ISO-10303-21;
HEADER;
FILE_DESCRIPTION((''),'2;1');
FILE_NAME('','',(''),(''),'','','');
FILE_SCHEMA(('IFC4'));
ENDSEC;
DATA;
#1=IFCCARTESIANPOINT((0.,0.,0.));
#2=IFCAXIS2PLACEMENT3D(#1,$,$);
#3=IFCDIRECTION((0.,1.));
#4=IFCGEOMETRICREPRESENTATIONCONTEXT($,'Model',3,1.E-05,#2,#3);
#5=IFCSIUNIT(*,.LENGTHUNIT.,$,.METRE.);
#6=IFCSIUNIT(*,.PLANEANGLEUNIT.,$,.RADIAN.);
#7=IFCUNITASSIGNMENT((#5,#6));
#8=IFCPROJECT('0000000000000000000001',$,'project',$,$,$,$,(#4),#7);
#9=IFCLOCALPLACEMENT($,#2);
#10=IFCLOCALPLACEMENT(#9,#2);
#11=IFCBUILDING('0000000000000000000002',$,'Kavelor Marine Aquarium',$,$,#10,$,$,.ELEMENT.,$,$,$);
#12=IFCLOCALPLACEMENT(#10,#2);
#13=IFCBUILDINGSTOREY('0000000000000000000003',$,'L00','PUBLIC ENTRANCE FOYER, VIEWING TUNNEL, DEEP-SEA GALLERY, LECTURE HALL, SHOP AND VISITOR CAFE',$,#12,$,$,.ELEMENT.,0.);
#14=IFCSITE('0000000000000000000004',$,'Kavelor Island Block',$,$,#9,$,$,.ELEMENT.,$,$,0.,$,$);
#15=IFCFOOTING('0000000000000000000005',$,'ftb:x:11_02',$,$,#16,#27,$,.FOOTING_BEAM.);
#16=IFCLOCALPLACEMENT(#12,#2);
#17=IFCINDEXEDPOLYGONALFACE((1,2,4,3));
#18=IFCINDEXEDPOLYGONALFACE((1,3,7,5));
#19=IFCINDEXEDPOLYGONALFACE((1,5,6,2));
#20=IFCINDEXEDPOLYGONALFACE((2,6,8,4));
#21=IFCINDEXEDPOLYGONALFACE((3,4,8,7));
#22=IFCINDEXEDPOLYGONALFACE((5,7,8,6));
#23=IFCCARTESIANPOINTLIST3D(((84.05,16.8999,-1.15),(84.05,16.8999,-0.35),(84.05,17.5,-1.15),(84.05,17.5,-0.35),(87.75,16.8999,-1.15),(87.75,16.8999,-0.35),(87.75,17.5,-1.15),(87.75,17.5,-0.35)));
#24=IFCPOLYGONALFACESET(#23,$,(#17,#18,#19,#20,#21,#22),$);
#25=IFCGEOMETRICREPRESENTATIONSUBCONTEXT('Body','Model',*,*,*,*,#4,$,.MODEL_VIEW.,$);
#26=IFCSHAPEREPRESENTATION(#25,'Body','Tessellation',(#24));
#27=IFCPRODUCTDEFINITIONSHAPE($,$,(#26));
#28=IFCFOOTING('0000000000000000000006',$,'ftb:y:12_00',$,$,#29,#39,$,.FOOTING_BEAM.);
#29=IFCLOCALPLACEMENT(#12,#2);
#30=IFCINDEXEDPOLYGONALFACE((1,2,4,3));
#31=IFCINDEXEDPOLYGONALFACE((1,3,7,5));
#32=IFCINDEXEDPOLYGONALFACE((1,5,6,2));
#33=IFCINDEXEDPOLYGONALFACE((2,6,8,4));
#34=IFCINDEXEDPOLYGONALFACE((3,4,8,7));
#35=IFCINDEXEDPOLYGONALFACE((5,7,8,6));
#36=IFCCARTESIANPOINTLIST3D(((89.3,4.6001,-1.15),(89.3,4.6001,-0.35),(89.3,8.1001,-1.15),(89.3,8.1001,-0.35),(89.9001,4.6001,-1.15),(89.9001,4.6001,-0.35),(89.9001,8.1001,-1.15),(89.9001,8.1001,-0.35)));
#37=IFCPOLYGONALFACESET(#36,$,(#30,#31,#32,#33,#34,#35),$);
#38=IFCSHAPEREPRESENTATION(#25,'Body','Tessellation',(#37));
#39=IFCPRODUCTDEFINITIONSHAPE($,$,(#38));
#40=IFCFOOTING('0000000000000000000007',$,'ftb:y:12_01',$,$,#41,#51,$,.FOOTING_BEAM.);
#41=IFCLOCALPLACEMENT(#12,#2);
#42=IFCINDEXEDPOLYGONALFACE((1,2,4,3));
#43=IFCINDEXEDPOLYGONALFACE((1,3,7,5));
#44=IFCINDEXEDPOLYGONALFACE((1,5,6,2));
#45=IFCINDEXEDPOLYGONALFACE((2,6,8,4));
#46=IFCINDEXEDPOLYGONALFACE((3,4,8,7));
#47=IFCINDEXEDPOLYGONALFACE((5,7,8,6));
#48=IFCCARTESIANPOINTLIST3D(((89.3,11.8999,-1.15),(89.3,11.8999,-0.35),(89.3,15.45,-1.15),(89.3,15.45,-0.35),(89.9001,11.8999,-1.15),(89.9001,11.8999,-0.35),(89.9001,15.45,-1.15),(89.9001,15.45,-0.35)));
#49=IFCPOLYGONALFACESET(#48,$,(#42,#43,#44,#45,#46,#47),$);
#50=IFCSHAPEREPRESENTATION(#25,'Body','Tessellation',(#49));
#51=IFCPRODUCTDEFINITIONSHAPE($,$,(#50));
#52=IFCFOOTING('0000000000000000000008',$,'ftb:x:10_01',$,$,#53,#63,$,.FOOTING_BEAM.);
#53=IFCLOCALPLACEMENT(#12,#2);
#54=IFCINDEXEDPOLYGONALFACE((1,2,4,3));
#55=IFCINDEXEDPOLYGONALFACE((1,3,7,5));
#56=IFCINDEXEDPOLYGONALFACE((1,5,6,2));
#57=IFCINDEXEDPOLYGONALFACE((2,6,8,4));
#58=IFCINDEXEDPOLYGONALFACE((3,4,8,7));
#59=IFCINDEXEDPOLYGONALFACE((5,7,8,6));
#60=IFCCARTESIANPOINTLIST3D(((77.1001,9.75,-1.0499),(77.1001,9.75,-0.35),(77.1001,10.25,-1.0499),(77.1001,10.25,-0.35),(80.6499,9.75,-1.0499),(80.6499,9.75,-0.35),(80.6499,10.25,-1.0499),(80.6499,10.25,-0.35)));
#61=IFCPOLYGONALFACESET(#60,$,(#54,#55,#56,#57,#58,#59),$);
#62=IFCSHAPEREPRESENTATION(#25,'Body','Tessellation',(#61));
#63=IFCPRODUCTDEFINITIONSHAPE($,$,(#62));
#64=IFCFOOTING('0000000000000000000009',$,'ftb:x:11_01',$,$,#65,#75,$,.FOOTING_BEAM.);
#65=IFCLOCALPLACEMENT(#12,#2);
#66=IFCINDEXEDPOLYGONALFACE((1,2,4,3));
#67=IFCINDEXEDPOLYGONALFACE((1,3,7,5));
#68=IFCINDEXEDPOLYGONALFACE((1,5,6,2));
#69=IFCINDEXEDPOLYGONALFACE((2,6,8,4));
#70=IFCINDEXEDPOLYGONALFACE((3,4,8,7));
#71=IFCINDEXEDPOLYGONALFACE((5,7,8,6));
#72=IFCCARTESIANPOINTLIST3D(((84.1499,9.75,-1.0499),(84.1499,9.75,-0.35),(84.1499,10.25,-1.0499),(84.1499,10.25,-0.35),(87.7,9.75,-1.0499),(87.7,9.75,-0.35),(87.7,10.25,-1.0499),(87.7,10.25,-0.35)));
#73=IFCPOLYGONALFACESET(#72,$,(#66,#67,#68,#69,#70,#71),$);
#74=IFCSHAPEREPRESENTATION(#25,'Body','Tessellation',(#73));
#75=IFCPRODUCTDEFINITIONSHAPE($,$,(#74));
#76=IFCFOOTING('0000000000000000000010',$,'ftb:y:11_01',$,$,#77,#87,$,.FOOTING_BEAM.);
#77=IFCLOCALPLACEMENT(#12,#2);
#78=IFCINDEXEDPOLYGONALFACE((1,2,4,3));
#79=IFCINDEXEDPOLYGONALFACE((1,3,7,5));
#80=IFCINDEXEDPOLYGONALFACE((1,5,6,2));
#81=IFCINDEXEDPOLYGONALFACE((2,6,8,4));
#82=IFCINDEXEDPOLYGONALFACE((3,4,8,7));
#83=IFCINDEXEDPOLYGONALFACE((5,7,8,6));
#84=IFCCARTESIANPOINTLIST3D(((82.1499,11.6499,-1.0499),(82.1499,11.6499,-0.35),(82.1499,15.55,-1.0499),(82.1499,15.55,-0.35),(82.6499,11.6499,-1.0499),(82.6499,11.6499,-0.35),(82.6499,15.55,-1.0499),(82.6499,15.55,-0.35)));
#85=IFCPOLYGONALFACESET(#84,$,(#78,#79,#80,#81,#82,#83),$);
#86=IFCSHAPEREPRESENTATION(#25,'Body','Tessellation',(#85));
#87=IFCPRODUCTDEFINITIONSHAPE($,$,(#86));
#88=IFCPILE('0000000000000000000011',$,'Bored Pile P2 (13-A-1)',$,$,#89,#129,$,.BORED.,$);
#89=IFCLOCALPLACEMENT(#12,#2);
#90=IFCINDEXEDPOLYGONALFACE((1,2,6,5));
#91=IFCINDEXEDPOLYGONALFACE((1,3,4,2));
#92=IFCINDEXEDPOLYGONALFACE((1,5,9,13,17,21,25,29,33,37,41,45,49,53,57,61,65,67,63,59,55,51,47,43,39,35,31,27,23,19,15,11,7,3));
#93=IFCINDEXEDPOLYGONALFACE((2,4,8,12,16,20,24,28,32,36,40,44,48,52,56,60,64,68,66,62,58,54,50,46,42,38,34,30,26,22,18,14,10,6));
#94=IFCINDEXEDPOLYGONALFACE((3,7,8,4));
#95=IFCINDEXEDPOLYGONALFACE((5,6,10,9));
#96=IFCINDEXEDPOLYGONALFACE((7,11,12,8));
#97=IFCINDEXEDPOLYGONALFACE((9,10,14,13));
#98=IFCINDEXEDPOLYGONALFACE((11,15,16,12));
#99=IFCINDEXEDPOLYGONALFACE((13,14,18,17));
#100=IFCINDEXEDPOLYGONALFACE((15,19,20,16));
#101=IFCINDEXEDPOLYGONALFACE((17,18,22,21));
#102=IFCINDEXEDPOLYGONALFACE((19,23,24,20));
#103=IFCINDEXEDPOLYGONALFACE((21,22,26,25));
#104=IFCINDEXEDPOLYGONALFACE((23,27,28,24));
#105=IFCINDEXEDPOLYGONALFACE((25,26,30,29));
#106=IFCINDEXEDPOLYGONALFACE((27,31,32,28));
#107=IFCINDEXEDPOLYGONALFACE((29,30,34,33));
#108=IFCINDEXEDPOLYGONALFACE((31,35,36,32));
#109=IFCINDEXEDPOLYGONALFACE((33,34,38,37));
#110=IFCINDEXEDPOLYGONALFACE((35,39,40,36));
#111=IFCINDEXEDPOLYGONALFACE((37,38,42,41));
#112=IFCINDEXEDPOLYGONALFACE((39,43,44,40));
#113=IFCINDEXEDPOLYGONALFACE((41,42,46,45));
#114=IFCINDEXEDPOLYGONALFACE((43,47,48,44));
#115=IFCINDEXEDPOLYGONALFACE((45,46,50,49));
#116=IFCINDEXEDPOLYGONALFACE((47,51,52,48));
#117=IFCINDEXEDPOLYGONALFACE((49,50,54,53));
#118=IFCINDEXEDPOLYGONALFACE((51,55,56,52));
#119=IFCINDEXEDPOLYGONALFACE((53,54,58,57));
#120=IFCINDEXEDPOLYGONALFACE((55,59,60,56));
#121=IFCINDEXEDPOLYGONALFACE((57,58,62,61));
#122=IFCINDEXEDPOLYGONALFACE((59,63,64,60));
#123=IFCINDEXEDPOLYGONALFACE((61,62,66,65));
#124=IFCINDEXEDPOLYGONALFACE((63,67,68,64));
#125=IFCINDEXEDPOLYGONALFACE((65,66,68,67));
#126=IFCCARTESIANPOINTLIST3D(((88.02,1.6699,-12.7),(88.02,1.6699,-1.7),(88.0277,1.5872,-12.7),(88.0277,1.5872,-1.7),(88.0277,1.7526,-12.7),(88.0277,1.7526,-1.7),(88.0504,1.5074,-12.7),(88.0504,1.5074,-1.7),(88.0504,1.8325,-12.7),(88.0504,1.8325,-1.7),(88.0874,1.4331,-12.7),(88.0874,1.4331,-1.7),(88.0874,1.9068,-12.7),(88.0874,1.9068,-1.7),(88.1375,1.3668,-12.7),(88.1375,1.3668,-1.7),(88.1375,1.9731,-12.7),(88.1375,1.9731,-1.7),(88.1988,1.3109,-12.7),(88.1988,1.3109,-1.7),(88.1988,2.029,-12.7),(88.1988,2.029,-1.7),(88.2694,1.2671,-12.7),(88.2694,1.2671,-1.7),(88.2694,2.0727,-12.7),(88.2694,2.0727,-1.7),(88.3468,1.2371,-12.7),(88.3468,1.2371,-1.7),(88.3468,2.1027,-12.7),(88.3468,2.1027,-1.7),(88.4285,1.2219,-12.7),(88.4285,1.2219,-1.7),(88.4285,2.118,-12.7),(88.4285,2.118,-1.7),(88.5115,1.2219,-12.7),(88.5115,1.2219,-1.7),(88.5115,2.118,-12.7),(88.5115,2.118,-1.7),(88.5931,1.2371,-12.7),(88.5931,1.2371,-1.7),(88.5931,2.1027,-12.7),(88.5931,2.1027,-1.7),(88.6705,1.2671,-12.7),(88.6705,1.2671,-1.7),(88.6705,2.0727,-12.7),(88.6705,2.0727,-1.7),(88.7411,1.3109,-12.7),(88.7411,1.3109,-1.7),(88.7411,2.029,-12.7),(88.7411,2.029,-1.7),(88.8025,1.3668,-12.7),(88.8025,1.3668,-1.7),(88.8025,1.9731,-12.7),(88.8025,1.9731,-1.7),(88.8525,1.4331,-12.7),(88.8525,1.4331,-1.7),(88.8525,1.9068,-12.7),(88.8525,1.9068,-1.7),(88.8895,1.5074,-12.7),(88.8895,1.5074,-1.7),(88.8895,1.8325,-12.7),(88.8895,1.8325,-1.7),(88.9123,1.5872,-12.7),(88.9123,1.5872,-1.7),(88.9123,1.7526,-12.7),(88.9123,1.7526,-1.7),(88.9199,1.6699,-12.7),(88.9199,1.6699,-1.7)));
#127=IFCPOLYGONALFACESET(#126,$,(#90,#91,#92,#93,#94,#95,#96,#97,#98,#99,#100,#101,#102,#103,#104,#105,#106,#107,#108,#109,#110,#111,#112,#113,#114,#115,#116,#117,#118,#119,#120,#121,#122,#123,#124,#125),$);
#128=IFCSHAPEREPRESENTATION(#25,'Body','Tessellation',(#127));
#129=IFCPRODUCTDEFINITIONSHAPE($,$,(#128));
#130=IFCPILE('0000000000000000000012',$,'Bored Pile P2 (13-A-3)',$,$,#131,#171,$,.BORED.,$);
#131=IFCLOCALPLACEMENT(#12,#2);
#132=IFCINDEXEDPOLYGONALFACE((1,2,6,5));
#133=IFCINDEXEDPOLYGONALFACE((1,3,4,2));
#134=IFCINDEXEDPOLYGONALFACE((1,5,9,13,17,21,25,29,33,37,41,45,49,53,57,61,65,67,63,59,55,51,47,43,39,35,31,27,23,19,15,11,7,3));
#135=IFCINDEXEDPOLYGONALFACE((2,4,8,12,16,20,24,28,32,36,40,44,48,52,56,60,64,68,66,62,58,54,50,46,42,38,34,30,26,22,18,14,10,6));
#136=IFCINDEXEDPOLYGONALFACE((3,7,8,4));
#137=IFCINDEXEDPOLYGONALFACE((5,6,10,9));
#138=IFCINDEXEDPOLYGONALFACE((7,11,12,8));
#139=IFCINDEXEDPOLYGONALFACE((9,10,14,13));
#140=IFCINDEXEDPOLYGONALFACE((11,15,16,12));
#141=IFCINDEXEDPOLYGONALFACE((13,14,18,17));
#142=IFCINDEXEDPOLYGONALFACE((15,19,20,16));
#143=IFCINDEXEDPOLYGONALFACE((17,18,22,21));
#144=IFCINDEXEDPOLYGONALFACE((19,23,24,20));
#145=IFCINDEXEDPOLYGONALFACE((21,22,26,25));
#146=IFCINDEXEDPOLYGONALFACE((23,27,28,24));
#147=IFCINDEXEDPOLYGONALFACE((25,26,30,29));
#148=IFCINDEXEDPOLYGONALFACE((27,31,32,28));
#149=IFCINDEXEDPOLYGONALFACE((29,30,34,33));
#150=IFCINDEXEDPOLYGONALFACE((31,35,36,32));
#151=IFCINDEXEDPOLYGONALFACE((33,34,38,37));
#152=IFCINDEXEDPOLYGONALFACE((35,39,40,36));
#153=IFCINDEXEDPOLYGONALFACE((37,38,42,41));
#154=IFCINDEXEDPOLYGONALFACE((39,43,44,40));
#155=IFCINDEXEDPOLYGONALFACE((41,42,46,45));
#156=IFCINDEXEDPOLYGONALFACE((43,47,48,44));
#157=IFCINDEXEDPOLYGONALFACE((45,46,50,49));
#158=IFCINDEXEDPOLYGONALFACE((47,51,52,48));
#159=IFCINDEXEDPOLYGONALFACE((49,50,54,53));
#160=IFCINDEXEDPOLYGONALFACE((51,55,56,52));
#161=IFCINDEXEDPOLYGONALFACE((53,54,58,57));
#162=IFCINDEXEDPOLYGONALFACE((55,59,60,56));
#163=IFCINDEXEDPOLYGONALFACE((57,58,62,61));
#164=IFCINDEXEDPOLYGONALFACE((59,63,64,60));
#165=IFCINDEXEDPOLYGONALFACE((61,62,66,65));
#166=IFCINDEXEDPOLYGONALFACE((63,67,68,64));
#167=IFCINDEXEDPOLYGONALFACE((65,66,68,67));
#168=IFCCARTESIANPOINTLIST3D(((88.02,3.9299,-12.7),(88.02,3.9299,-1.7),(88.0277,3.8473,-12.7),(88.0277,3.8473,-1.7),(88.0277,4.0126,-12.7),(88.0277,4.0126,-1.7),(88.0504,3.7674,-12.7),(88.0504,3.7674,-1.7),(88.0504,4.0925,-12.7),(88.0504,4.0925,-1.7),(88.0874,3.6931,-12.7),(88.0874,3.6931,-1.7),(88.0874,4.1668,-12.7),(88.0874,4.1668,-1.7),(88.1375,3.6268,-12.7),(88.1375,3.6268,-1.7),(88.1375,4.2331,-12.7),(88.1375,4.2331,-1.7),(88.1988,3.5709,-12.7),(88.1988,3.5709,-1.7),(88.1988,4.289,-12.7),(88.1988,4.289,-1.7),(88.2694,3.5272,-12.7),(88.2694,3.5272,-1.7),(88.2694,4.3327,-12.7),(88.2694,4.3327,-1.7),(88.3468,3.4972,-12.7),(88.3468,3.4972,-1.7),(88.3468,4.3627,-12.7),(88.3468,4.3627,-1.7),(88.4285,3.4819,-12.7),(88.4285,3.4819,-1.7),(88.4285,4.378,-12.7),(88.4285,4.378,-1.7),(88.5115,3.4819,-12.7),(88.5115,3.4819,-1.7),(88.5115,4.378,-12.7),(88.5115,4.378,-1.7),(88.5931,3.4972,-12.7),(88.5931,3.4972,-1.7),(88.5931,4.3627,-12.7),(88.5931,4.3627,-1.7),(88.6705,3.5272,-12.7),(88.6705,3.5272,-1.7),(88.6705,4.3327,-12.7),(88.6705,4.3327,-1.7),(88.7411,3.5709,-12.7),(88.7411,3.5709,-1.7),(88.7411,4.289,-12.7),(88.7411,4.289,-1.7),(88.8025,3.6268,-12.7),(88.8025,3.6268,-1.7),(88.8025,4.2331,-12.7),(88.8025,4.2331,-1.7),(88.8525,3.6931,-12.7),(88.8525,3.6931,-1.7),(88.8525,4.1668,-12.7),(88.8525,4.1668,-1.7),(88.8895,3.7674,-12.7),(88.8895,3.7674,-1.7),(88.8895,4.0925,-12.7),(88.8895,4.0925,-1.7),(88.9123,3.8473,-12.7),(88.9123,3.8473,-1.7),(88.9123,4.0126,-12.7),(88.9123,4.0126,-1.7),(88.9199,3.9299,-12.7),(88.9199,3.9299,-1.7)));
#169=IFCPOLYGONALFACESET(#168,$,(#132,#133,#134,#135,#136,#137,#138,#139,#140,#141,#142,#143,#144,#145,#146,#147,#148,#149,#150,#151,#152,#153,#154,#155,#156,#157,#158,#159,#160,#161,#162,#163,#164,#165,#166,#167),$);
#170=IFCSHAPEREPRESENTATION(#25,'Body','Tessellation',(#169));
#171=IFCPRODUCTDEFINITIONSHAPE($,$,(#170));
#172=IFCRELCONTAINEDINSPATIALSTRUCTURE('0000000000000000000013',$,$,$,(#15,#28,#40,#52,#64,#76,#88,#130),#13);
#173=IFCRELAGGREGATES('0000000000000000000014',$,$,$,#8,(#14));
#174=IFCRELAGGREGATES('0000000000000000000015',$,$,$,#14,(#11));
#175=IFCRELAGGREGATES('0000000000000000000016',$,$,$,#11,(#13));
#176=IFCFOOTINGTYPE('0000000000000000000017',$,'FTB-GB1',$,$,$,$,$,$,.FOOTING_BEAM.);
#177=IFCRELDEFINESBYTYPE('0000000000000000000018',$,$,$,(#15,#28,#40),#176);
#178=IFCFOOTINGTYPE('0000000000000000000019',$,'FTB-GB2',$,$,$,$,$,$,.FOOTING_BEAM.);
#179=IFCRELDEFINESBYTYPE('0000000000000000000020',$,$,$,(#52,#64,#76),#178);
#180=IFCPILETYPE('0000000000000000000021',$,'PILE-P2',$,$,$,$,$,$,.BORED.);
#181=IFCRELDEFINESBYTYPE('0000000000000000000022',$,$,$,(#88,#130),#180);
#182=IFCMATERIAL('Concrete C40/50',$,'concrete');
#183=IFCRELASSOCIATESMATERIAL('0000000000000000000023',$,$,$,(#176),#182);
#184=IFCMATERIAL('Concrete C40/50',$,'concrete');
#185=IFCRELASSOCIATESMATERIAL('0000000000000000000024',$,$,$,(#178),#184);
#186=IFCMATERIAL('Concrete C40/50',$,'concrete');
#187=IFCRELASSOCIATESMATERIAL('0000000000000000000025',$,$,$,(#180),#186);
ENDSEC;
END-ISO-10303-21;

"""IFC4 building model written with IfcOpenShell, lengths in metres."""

from ifc_helpers import new_model, si_unit, direction, frame, origin, origin_2d, place, context, subcontext, project, spatial, rectangle, circle, extrude, material, material_profile, profile_set, type_object, element, save


model = new_model("IFC4")

# Units and contexts
model_context = context("Model", 3, precision=1e-05, world=origin(), true_north=direction((0.0, 1.0)))
body_context = subcontext(model_context, "Body", "Model", "MODEL_VIEW")
ifc_project = project(units=[si_unit("LENGTHUNIT", "METRE"), si_unit("PLANEANGLEUNIT", "RADIAN")], contexts=[model_context])

# Site, building, storey
site_placement = place(None, origin())
site = spatial("IfcSite", under=ifc_project, at=site_placement, Name="Kavelor Island Block", CompositionType="ELEMENT", RefElevation=0.0)
building_placement = place(site_placement, origin())
building = spatial("IfcBuilding", under=site, at=building_placement, Name="Kavelor Marine Aquarium", CompositionType="ELEMENT")
storey_placement = place(building_placement, origin())
storey = spatial("IfcBuildingStorey", under=building, at=storey_placement, Name="L00", Description="PUBLIC ENTRANCE FOYER, VIEWING TUNNEL, DEEP-SEA GALLERY, LECTURE HALL, SHOP AND VISITOR CAFE", CompositionType="ELEMENT", Elevation=0.0)

# Footings
ifc_material_1 = material(Name="Concrete C40/50", Category="concrete")
ifc_material_profile_1 = material_profile(ifc_material_1, rectangle(XDim=0.6001, YDim=0.8, at=origin_2d()), Name="GB 600x800")
ifc_profile_set_1 = profile_set([ifc_material_profile_1], Name="Concrete C40/50")
footing_type_1 = type_object("IfcFootingType", Name="FTB-GB1", PredefinedType="FOOTING_BEAM", material=ifc_profile_set_1)
footing_1_placement = place(storey_placement, frame((84.05, 17.2, -0.75), z_axis=(1.0, 0.0, 0.0), x_axis=(0.0, 1.0, 0.0)))
element("IfcFooting", 1, at=footing_1_placement, inside=storey, type_object=footing_type_1, Name="ftb:x:11_02", PredefinedType="FOOTING_BEAM", context=body_context, shape_type="SweptSolid", body=[
    extrude(rectangle(XDim=0.6001, YDim=0.8, at=origin_2d()), origin(), (0.0, 0.0, 1.0), 3.7),
])
footing_2_placement = place(storey_placement, frame((89.6001, 4.6001, -0.75), z_axis=(0.0, 1.0, 0.0), x_axis=(-1.0, 0.0, 0.0)))
element("IfcFooting", 2, at=footing_2_placement, inside=storey, type_object=footing_type_1, Name="ftb:y:12_00", PredefinedType="FOOTING_BEAM", context=body_context, shape_type="SweptSolid", body=[
    extrude(rectangle(XDim=0.6001, YDim=0.8, at=origin_2d()), origin(), (0.0, 0.0, 1.0), 3.5),
])
footing_3_placement = place(storey_placement, frame((89.6001, 11.8999, -0.75), z_axis=(0.0, 1.0, 0.0), x_axis=(-1.0, 0.0, 0.0)))
element("IfcFooting", 3, at=footing_3_placement, inside=storey, type_object=footing_type_1, Name="ftb:y:12_01", PredefinedType="FOOTING_BEAM", context=body_context, shape_type="SweptSolid", body=[
    extrude(rectangle(XDim=0.6001, YDim=0.8, at=origin_2d()), origin(), (0.0, 0.0, 1.0), 3.55),
])
ifc_material_2 = material(Name="Concrete C40/50", Category="concrete")
ifc_material_profile_2 = material_profile(ifc_material_2, rectangle(XDim=0.5, YDim=0.7, at=origin_2d()), Name="GB 500x700")
ifc_profile_set_2 = profile_set([ifc_material_profile_2], Name="Concrete C40/50")
footing_type_2 = type_object("IfcFootingType", Name="FTB-GB2", PredefinedType="FOOTING_BEAM", material=ifc_profile_set_2)
footing_4_placement = place(storey_placement, frame((77.1001, 10.0, -0.7), z_axis=(1.0, 0.0, 0.0), x_axis=(0.0, 1.0, 0.0)))
element("IfcFooting", 4, at=footing_4_placement, inside=storey, type_object=footing_type_2, Name="ftb:x:10_01", PredefinedType="FOOTING_BEAM", context=body_context, shape_type="SweptSolid", body=[
    extrude(rectangle(XDim=0.5, YDim=0.7, at=origin_2d()), origin(), (0.0, 0.0, 1.0), 3.5498),
])
footing_5_placement = place(storey_placement, frame((84.1499, 10.0, -0.7), z_axis=(1.0, 0.0, 0.0), x_axis=(0.0, 1.0, 0.0)))
element("IfcFooting", 5, at=footing_5_placement, inside=storey, type_object=footing_type_2, Name="ftb:x:11_01", PredefinedType="FOOTING_BEAM", context=body_context, shape_type="SweptSolid", body=[
    extrude(rectangle(XDim=0.5, YDim=0.7, at=origin_2d()), origin(), (0.0, 0.0, 1.0), 3.55),
])
footing_6_placement = place(storey_placement, frame((82.3999, 11.6499, -0.7), z_axis=(0.0, 1.0, 0.0), x_axis=(-1.0, 0.0, 0.0)))
element("IfcFooting", 6, at=footing_6_placement, inside=storey, type_object=footing_type_2, Name="ftb:y:11_01", PredefinedType="FOOTING_BEAM", context=body_context, shape_type="SweptSolid", body=[
    extrude(rectangle(XDim=0.5, YDim=0.7, at=origin_2d()), origin(), (0.0, 0.0, 1.0), 3.9001),
])

# Piles
ifc_material_3 = material(Name="Concrete C40/50", Category="concrete")
ifc_material_profile_3 = material_profile(ifc_material_3, circle(Radius=0.45, at=origin_2d()), Name="PILE D900")
ifc_profile_set_3 = profile_set([ifc_material_profile_3], Name="Concrete C40/50")
pile_type_1 = type_object("IfcPileType", Name="PILE-P2", PredefinedType="BORED", material=ifc_profile_set_3)
for number, where, z_axis, x_axis, name in (
    (7, (88.47, 1.6699, -1.7), (0.0, 0.0, -1.0), (1.0, 0.0, 0.0), "Bored Pile P2 (13-A-1)"),
    (8, (88.47, 3.9299, -1.7), (0.0, 0.0, -1.0), (1.0, 0.0, 0.0), "Bored Pile P2 (13-A-3)"),
):
    element("IfcPile", number, at=place(storey_placement, frame(where, z_axis=z_axis, x_axis=x_axis)), inside=storey, type_object=pile_type_1, Name=name, PredefinedType="BORED", context=body_context, shape_type="SweptSolid", body=[
        extrude(circle(Radius=0.45, at=origin_2d()), origin(), (0.0, 0.0, 1.0), 11.0),
    ])

save(model, "model.ifc")
